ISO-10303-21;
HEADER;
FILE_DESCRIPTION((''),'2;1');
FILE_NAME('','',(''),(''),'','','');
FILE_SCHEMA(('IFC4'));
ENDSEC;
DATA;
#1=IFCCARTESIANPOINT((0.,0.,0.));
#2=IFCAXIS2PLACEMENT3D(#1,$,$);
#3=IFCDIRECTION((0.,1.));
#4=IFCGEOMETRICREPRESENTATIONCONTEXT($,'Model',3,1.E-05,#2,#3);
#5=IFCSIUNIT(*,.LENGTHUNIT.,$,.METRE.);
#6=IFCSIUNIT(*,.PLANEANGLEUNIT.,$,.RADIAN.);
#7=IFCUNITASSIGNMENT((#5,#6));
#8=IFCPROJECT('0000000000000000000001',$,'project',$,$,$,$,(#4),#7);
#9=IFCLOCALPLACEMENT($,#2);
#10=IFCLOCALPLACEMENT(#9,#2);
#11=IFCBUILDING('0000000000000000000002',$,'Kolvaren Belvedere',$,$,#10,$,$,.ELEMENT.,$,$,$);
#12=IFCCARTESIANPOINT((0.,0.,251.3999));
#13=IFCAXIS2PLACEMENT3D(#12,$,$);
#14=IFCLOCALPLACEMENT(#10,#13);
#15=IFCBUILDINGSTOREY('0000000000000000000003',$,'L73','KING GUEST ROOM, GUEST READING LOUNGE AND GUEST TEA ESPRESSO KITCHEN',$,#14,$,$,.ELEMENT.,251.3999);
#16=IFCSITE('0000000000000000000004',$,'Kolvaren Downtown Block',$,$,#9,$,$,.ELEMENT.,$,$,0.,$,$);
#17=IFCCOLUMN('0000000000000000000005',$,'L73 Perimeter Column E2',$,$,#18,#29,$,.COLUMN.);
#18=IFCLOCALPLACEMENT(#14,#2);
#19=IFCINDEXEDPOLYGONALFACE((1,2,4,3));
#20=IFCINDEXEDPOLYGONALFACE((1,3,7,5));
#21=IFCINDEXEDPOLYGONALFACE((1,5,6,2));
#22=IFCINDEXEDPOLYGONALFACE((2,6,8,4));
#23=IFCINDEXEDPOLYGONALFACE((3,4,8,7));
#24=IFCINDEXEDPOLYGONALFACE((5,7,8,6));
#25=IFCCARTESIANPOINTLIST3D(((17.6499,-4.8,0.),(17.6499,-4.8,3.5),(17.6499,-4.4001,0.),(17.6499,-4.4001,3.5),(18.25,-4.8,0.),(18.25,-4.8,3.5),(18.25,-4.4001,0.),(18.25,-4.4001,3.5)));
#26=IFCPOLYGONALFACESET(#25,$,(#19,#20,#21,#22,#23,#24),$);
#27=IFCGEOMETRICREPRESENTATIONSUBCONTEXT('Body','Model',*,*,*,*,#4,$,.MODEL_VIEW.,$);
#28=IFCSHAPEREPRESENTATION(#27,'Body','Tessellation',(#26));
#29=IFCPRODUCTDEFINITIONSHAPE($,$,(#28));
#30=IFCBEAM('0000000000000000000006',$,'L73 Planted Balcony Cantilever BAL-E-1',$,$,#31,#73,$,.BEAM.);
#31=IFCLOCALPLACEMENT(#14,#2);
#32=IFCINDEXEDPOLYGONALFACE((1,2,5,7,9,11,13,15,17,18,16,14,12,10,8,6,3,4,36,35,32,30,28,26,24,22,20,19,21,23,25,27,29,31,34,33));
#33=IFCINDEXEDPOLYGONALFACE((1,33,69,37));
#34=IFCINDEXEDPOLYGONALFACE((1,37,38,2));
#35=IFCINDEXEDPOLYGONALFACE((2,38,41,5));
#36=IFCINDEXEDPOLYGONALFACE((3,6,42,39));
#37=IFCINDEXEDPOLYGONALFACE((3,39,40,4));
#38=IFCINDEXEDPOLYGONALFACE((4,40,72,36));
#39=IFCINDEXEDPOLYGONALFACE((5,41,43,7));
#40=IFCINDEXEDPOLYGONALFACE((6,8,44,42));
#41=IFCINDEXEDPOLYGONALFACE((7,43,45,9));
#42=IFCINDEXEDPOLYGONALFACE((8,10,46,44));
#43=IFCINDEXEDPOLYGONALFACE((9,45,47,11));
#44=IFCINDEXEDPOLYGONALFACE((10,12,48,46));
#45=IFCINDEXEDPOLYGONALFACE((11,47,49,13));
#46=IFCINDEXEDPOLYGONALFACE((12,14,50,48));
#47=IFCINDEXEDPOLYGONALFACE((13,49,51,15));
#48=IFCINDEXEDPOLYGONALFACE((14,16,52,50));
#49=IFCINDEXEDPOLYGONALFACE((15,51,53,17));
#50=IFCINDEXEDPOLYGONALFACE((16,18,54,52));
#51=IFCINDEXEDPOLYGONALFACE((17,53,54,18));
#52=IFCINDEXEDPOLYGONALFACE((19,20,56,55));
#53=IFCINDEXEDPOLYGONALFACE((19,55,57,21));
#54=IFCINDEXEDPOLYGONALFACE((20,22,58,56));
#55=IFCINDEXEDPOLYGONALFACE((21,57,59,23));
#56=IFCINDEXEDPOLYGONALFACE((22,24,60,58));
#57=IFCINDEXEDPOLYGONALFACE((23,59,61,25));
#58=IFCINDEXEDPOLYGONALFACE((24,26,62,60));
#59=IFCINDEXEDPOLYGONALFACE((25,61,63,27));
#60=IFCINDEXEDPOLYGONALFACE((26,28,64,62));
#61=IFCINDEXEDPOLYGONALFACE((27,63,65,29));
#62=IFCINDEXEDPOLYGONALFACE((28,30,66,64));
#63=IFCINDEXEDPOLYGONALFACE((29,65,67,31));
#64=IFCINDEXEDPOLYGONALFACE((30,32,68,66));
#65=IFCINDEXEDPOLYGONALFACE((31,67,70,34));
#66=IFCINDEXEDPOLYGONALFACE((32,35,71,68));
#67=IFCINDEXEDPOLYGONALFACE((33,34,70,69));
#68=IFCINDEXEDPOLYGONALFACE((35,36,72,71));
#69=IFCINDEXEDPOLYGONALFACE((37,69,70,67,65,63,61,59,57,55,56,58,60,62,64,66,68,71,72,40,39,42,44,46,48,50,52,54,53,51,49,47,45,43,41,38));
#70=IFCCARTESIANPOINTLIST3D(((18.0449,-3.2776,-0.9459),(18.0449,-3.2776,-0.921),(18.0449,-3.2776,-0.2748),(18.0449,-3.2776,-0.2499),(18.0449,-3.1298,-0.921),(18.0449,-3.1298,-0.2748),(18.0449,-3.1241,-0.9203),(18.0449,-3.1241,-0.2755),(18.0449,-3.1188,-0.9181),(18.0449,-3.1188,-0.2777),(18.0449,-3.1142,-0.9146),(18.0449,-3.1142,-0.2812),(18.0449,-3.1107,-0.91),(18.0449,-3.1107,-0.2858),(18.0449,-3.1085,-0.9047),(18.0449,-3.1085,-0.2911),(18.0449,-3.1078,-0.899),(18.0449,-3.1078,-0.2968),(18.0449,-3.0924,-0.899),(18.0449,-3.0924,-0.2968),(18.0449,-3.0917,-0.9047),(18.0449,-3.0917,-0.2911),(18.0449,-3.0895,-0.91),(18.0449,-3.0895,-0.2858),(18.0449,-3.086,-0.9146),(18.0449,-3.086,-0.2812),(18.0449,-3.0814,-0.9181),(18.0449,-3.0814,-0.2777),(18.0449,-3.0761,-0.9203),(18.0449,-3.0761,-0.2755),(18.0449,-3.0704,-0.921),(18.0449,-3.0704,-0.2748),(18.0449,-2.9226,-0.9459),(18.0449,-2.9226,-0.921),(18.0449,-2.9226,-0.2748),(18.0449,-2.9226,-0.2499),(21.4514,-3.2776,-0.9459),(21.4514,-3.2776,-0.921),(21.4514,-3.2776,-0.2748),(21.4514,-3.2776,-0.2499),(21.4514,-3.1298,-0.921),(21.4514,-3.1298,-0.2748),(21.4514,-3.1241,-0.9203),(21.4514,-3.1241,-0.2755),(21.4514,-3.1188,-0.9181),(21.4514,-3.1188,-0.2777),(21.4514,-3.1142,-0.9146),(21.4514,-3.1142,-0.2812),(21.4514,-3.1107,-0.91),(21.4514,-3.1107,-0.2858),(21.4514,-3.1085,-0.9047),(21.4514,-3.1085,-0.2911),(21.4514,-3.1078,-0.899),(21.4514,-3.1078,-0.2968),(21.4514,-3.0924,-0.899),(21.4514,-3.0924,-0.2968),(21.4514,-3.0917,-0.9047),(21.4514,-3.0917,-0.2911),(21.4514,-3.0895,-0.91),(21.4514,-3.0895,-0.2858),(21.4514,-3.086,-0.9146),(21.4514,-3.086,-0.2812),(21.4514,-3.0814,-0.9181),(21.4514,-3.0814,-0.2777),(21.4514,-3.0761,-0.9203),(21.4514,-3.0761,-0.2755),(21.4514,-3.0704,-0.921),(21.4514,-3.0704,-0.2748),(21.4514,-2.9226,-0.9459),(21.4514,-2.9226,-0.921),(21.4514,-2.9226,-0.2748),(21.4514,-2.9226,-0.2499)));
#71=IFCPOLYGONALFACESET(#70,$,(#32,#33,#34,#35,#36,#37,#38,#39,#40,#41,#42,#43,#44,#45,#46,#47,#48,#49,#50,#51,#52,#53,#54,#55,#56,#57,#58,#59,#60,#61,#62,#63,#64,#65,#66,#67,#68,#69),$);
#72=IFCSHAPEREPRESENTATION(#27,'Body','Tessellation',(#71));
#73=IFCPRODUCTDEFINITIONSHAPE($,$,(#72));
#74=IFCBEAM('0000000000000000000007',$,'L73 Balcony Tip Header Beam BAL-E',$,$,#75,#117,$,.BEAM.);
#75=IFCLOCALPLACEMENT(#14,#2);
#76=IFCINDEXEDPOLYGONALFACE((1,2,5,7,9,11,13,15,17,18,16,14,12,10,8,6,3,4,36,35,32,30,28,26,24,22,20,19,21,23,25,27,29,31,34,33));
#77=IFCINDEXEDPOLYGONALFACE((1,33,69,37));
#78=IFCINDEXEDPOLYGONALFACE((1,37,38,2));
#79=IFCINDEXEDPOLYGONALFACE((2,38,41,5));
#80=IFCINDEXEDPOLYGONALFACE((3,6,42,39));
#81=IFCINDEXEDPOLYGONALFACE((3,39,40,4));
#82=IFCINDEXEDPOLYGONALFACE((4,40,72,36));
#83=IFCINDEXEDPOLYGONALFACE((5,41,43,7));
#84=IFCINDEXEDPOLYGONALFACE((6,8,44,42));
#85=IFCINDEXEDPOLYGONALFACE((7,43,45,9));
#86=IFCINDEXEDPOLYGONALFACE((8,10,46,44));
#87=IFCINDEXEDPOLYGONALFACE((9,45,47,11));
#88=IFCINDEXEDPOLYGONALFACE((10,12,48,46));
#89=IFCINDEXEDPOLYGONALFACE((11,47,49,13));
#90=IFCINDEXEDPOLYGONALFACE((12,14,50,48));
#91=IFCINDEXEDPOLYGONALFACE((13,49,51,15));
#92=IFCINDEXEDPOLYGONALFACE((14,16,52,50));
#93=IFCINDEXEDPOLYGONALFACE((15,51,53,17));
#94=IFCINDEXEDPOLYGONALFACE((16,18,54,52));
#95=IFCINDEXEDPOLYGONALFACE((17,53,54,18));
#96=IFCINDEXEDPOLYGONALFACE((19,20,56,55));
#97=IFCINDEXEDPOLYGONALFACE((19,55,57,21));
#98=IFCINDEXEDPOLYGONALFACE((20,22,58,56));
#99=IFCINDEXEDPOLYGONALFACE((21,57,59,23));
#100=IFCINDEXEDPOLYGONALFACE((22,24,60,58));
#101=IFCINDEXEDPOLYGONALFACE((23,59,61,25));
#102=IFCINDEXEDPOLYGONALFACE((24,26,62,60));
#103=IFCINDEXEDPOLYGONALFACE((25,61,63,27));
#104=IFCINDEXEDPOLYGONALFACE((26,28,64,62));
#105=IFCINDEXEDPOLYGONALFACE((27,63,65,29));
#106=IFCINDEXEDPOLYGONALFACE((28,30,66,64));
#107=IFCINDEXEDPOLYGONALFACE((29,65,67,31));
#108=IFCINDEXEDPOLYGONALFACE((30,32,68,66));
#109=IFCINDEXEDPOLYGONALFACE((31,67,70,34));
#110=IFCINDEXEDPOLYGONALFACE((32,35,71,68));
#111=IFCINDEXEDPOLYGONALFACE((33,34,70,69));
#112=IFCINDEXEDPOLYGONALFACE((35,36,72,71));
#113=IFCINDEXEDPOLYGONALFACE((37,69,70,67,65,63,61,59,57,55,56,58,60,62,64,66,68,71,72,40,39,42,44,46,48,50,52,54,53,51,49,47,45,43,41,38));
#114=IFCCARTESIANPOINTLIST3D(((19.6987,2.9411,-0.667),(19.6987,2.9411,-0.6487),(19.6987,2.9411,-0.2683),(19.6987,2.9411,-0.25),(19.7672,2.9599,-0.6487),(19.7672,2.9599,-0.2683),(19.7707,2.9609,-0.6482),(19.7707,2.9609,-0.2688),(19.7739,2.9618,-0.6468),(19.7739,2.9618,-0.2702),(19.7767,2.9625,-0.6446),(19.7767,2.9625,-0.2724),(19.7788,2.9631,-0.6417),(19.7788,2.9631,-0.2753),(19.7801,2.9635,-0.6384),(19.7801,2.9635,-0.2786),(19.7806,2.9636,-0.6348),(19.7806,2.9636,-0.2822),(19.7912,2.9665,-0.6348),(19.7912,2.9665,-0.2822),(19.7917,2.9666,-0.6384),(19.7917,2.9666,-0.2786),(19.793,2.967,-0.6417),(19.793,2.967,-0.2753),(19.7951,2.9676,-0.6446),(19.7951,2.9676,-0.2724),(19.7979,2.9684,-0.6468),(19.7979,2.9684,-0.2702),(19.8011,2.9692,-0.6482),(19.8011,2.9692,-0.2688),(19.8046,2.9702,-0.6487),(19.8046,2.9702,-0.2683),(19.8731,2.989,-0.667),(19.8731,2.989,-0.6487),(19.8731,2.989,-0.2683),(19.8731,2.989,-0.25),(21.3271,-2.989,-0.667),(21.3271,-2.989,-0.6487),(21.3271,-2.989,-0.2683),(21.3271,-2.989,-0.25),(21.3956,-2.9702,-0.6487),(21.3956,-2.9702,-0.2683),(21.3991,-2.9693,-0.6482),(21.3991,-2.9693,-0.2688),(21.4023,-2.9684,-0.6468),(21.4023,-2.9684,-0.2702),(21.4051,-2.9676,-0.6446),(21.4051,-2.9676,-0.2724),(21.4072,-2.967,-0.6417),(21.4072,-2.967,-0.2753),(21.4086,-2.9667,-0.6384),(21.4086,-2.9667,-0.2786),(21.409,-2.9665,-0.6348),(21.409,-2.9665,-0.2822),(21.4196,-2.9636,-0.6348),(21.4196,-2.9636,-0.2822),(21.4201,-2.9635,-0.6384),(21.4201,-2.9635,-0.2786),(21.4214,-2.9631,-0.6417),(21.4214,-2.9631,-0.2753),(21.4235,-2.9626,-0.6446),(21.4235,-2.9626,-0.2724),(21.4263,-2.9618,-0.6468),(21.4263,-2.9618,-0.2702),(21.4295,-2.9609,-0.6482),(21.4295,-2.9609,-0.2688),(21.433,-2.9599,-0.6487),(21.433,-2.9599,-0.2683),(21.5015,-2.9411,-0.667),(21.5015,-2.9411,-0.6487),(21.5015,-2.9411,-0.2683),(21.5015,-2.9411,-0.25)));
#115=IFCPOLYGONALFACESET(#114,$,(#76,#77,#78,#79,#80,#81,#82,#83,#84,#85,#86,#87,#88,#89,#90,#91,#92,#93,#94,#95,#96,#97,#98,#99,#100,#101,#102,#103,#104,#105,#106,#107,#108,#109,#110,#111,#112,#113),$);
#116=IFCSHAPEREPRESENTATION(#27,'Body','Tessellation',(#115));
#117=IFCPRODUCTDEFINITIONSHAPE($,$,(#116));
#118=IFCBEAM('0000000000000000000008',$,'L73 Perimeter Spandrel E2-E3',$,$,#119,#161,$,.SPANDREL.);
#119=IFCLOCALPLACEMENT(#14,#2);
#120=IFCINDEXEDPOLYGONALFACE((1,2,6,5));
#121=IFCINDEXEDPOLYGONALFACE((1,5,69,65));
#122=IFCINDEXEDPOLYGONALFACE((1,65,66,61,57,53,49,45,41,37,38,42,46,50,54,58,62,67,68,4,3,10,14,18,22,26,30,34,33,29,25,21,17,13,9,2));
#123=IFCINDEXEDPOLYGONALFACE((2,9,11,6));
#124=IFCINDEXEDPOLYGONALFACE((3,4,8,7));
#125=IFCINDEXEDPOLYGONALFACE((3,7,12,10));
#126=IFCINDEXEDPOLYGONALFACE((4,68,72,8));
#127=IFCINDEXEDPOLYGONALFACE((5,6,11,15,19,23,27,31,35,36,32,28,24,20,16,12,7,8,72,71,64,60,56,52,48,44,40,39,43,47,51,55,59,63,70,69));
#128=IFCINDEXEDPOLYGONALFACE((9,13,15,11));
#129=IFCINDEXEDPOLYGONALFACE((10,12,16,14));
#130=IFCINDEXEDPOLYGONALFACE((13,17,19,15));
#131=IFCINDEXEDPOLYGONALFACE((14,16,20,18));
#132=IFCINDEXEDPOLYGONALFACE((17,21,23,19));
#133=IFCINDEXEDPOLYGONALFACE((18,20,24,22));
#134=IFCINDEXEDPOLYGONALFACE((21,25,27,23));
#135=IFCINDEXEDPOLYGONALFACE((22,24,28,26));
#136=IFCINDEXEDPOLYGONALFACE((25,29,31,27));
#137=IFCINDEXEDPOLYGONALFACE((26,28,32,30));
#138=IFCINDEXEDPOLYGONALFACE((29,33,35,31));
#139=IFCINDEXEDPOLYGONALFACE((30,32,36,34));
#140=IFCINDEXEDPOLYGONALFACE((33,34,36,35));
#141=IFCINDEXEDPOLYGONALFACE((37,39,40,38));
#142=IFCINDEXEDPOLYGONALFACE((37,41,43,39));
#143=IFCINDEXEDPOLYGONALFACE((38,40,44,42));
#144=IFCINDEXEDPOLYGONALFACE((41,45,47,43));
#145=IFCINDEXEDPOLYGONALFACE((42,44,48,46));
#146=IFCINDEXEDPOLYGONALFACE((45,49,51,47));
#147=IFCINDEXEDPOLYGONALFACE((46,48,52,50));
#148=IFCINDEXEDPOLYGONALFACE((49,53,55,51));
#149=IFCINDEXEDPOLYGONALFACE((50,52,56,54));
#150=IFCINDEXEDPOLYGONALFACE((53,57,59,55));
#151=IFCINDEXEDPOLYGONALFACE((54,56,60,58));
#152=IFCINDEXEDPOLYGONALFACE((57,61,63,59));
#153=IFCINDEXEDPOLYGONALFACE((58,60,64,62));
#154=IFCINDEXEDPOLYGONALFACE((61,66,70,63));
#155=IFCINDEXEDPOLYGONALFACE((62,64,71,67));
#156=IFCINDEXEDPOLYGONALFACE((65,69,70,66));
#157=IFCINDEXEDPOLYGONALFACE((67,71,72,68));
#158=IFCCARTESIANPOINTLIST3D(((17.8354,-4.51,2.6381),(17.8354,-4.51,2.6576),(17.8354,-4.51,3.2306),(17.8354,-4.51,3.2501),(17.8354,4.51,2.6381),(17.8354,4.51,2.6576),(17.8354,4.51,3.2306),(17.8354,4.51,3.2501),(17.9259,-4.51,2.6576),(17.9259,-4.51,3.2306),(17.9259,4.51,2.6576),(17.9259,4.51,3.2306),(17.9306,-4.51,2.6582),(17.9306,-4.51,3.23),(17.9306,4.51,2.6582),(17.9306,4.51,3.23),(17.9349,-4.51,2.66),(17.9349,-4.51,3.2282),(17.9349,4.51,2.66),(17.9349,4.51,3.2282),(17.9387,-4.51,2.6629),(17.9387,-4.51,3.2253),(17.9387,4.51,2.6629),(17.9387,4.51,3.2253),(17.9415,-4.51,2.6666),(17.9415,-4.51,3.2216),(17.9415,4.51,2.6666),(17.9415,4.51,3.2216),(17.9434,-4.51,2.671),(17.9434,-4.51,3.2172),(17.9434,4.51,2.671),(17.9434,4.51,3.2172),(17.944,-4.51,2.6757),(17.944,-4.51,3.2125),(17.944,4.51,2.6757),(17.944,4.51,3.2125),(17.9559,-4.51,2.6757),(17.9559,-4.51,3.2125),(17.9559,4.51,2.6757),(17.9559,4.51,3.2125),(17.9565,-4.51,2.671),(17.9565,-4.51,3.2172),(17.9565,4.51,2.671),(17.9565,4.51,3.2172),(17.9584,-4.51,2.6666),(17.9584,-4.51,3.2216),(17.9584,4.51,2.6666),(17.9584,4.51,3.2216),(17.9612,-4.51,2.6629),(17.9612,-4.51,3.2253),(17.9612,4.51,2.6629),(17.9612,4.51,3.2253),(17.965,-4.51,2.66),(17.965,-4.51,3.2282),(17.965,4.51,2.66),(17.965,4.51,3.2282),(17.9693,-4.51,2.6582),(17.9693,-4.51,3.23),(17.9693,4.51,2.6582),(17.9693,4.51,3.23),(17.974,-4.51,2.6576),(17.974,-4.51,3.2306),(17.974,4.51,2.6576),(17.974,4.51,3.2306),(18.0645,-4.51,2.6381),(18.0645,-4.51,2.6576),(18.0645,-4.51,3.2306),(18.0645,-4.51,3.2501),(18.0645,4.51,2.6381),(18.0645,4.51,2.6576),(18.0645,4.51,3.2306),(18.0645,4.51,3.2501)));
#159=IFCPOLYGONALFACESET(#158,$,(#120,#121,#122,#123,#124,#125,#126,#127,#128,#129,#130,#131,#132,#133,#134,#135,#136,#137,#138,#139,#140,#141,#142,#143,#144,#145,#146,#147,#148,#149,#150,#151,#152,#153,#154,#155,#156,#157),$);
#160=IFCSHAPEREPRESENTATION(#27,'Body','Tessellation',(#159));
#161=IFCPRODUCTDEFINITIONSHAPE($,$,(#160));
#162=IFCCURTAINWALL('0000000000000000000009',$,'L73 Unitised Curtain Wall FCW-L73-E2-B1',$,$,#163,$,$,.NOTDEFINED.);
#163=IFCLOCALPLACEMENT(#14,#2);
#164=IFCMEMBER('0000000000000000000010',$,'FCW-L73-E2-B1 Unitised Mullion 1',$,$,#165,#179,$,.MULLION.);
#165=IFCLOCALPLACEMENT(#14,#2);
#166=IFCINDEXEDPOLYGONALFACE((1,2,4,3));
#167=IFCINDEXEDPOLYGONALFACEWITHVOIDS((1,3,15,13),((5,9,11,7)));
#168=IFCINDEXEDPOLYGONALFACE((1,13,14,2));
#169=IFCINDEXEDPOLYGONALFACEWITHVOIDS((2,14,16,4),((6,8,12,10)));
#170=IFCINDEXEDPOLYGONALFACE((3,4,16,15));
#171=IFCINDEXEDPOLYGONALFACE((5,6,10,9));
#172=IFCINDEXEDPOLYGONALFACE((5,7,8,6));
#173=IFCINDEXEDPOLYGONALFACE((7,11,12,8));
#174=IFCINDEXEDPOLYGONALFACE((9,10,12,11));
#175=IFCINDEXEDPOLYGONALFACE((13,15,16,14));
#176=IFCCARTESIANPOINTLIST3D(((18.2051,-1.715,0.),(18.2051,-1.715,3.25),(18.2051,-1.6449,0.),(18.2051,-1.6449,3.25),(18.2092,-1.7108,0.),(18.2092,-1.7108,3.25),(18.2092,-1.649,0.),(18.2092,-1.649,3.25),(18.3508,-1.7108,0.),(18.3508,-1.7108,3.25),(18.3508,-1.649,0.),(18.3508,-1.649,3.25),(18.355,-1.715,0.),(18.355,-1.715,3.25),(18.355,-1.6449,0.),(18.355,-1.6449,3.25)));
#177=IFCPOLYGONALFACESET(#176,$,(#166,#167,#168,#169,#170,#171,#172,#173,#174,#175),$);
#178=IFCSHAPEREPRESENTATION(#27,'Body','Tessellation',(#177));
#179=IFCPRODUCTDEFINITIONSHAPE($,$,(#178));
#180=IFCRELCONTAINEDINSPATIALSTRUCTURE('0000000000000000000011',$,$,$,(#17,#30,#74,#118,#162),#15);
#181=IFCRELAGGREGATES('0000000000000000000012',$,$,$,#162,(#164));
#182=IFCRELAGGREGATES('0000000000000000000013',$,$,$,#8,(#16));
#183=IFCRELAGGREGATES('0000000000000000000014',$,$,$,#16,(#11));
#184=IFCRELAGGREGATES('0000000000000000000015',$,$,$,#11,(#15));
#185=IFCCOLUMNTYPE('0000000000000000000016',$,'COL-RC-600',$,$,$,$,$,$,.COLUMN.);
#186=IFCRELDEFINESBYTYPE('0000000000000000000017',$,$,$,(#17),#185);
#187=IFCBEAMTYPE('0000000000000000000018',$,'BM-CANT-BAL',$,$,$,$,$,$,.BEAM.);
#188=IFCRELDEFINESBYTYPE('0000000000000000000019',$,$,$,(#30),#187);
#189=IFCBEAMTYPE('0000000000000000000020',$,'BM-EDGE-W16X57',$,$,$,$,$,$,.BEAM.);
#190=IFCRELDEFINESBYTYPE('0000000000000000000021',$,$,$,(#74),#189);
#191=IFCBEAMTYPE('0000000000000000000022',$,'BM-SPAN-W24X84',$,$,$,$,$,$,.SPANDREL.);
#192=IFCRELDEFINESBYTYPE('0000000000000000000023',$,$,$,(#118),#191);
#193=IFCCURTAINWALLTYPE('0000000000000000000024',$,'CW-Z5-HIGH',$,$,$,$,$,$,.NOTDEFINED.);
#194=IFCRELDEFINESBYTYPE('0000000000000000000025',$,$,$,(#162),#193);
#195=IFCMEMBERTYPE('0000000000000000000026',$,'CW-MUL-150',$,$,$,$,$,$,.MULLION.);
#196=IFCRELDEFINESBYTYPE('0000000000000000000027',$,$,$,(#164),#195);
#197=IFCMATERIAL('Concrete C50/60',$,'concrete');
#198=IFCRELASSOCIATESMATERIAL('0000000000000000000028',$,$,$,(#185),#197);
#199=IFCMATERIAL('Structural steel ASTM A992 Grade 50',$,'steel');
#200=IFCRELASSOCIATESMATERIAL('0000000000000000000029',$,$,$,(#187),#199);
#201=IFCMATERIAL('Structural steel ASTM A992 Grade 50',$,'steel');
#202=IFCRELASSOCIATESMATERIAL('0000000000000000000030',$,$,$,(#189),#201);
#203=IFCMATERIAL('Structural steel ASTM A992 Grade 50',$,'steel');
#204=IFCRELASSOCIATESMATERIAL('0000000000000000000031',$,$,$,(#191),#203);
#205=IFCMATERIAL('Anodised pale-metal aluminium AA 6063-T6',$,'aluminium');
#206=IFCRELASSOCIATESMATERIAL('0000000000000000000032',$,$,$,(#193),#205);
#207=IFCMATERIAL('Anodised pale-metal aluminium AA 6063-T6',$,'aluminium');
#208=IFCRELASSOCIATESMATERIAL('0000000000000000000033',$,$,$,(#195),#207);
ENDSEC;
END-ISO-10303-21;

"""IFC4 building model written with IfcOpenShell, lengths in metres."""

from ifc_helpers import new_model, si_unit, direction, frame, origin, origin_2d, place, context, subcontext, project, spatial, rectangle, hollow_rectangle, i_section, extrude, material, material_profile, profile_set, type_object, element, aggregate, save


model = new_model("IFC4")

# Units and contexts
model_context = context("Model", 3, precision=1e-05, world=origin(), true_north=direction((0.0, 1.0)))
body_context = subcontext(model_context, "Body", "Model", "MODEL_VIEW")
ifc_project = project(units=[si_unit("LENGTHUNIT", "METRE"), si_unit("PLANEANGLEUNIT", "RADIAN")], contexts=[model_context])

# Site, building, storey
site_placement = place(None, origin())
site = spatial("IfcSite", under=ifc_project, at=site_placement, Name="Kolvaren Downtown Block", CompositionType="ELEMENT", RefElevation=0.0)
building_placement = place(site_placement, origin())
building = spatial("IfcBuilding", under=site, at=building_placement, Name="Kolvaren Belvedere", CompositionType="ELEMENT")
storey_placement = place(building_placement, frame((0.0, 0.0, 251.3999)))
storey = spatial("IfcBuildingStorey", under=building, at=storey_placement, Name="L73", Description="KING GUEST ROOM, GUEST READING LOUNGE AND GUEST TEA ESPRESSO KITCHEN", CompositionType="ELEMENT", Elevation=251.3999)

# Column
ifc_material_1 = material(Name="Concrete C50/60", Category="concrete")
ifc_material_profile_1 = material_profile(ifc_material_1, rectangle(XDim=0.6001, YDim=0.3999, at=origin_2d()), Name="RC 600X400")
ifc_profile_set_1 = profile_set([ifc_material_profile_1], Name="Concrete C50/60")
column_type = type_object("IfcColumnType", Name="COL-RC-600", PredefinedType="COLUMN", material=ifc_profile_set_1)
column_placement = place(storey_placement, frame((17.95, -4.6001, 0.0), z_axis=(0.0, 0.0, 1.0), x_axis=(1.0, 0.0, 0.0)))
element("IfcColumn", 1, at=column_placement, inside=storey, type_object=column_type, Name="L73 Perimeter Column E2", PredefinedType="COLUMN", context=body_context, shape_type="SweptSolid", body=[
    extrude(rectangle(XDim=0.6001, YDim=0.3999, at=origin_2d()), origin(), (0.0, 0.0, 1.0), 3.5),
])

# Beams
ifc_material_2 = material(Name="Structural steel ASTM A992 Grade 50", Category="steel")
ifc_material_profile_2 = material_profile(ifc_material_2, i_section(OverallWidth=0.355, OverallDepth=0.696, WebThickness=0.0154, FlangeThickness=0.0249, FilletRadius=0.022, at=origin_2d()), Name="W27X146")
ifc_profile_set_2 = profile_set([ifc_material_profile_2], Name="Structural steel ASTM A992 Grade 50")
beam_type_1 = type_object("IfcBeamType", Name="BM-CANT-BAL", PredefinedType="BEAM", material=ifc_profile_set_2)
beam_1_placement = place(storey_placement, frame((18.0449, -3.1001, -0.5979), z_axis=(1.0, 0.0, 0.0), x_axis=(0.0, 1.0, 0.0)))
element("IfcBeam", 2, at=beam_1_placement, inside=storey, type_object=beam_type_1, Name="L73 Planted Balcony Cantilever BAL-E-1", PredefinedType="BEAM", context=body_context, shape_type="SweptSolid", body=[
    extrude(i_section(OverallWidth=0.355, OverallDepth=0.696, WebThickness=0.0154, FlangeThickness=0.0249, FilletRadius=0.022, at=origin_2d()), origin(), (0.0, 0.0, 1.0), 3.4065),
])
ifc_material_3 = material(Name="Structural steel ASTM A992 Grade 50", Category="steel")
ifc_material_profile_3 = material_profile(ifc_material_3, i_section(OverallWidth=0.1809, OverallDepth=0.417, WebThickness=0.011, FlangeThickness=0.0183, FilletRadius=0.0139, at=origin_2d()), Name="W16X57")
ifc_profile_set_3 = profile_set([ifc_material_profile_3], Name="Structural steel ASTM A992 Grade 50")
beam_type_2 = type_object("IfcBeamType", Name="BM-EDGE-W16X57", PredefinedType="BEAM", material=ifc_profile_set_3)
beam_2_placement = place(storey_placement, frame((21.4143, -2.9651, -0.4585), z_axis=(-0.264797, 0.964304, 0.0), x_axis=(-0.964304, -0.264797, 0.0)))
element("IfcBeam", 3, at=beam_2_placement, inside=storey, type_object=beam_type_2, Name="L73 Balcony Tip Header Beam BAL-E", PredefinedType="BEAM", context=body_context, shape_type="SweptSolid", body=[
    extrude(i_section(OverallWidth=0.1809, OverallDepth=0.417, WebThickness=0.011, FlangeThickness=0.0183, FilletRadius=0.0139, at=origin_2d()), origin(), (0.0, 0.0, 1.0), 6.1497),
])
ifc_material_4 = material(Name="Structural steel ASTM A992 Grade 50", Category="steel")
ifc_material_profile_4 = material_profile(ifc_material_4, i_section(OverallWidth=0.229, OverallDepth=0.6121, WebThickness=0.012, FlangeThickness=0.0195, FilletRadius=0.0181, at=origin_2d()), Name="W24X84")
ifc_profile_set_4 = profile_set([ifc_material_profile_4], Name="Structural steel ASTM A992 Grade 50")
beam_type_3 = type_object("IfcBeamType", Name="BM-SPAN-W24X84", PredefinedType="SPANDREL", material=ifc_profile_set_4)
beam_3_placement = place(storey_placement, frame((17.95, -4.51, 2.9441), z_axis=(0.0, 1.0, 0.0), x_axis=(-1.0, 0.0, 0.0)))
element("IfcBeam", 4, at=beam_3_placement, inside=storey, type_object=beam_type_3, Name="L73 Perimeter Spandrel E2-E3", PredefinedType="SPANDREL", context=body_context, shape_type="SweptSolid", body=[
    extrude(i_section(OverallWidth=0.229, OverallDepth=0.6121, WebThickness=0.012, FlangeThickness=0.0195, FilletRadius=0.0181, at=origin_2d()), origin(), (0.0, 0.0, 1.0), 9.02),
])

# Curtain wall, member
ifc_material_5 = material(Name="Anodised pale-metal aluminium AA 6063-T6", Category="aluminium")
curtain_wall_type = type_object("IfcCurtainWallType", Name="CW-Z5-HIGH", PredefinedType="NOTDEFINED", material=ifc_material_5)
curtain_wall_1_placement = place(storey_placement, origin())
curtain_wall_1 = element("IfcCurtainWall", 5, at=curtain_wall_1_placement, inside=storey, type_object=curtain_wall_type, Name="L73 Unitised Curtain Wall FCW-L73-E2-B1", PredefinedType="NOTDEFINED")
ifc_material_6 = material(Name="Anodised pale-metal aluminium AA 6063-T6", Category="aluminium")
ifc_material_profile_5 = material_profile(ifc_material_6, hollow_rectangle(XDim=0.0701, YDim=0.1499, WallThickness=0.0042, at=origin_2d()), Name="ALU-MUL-150X70")
ifc_profile_set_5 = profile_set([ifc_material_profile_5], Name="Anodised pale-metal aluminium AA 6063-T6")
member_type_1 = type_object("IfcMemberType", Name="CW-MUL-150", PredefinedType="MULLION", material=ifc_profile_set_5)
member_1_placement = place(storey_placement, frame((18.28, -1.6799, 0.0), z_axis=(0.0, 0.0, 1.0), x_axis=(0.0, 1.0, 0.0)))
member_1 = element("IfcMember", 6, at=member_1_placement, type_object=member_type_1, Name="FCW-L73-E2-B1 Unitised Mullion 1", PredefinedType="MULLION", context=body_context, shape_type="SweptSolid", body=[
    extrude(hollow_rectangle(XDim=0.0701, YDim=0.1499, WallThickness=0.0042, at=origin_2d()), origin(), (0.0, 0.0, 1.0), 3.25),
])

aggregate(curtain_wall_1, [member_1])

save(model, "model.ifc")
